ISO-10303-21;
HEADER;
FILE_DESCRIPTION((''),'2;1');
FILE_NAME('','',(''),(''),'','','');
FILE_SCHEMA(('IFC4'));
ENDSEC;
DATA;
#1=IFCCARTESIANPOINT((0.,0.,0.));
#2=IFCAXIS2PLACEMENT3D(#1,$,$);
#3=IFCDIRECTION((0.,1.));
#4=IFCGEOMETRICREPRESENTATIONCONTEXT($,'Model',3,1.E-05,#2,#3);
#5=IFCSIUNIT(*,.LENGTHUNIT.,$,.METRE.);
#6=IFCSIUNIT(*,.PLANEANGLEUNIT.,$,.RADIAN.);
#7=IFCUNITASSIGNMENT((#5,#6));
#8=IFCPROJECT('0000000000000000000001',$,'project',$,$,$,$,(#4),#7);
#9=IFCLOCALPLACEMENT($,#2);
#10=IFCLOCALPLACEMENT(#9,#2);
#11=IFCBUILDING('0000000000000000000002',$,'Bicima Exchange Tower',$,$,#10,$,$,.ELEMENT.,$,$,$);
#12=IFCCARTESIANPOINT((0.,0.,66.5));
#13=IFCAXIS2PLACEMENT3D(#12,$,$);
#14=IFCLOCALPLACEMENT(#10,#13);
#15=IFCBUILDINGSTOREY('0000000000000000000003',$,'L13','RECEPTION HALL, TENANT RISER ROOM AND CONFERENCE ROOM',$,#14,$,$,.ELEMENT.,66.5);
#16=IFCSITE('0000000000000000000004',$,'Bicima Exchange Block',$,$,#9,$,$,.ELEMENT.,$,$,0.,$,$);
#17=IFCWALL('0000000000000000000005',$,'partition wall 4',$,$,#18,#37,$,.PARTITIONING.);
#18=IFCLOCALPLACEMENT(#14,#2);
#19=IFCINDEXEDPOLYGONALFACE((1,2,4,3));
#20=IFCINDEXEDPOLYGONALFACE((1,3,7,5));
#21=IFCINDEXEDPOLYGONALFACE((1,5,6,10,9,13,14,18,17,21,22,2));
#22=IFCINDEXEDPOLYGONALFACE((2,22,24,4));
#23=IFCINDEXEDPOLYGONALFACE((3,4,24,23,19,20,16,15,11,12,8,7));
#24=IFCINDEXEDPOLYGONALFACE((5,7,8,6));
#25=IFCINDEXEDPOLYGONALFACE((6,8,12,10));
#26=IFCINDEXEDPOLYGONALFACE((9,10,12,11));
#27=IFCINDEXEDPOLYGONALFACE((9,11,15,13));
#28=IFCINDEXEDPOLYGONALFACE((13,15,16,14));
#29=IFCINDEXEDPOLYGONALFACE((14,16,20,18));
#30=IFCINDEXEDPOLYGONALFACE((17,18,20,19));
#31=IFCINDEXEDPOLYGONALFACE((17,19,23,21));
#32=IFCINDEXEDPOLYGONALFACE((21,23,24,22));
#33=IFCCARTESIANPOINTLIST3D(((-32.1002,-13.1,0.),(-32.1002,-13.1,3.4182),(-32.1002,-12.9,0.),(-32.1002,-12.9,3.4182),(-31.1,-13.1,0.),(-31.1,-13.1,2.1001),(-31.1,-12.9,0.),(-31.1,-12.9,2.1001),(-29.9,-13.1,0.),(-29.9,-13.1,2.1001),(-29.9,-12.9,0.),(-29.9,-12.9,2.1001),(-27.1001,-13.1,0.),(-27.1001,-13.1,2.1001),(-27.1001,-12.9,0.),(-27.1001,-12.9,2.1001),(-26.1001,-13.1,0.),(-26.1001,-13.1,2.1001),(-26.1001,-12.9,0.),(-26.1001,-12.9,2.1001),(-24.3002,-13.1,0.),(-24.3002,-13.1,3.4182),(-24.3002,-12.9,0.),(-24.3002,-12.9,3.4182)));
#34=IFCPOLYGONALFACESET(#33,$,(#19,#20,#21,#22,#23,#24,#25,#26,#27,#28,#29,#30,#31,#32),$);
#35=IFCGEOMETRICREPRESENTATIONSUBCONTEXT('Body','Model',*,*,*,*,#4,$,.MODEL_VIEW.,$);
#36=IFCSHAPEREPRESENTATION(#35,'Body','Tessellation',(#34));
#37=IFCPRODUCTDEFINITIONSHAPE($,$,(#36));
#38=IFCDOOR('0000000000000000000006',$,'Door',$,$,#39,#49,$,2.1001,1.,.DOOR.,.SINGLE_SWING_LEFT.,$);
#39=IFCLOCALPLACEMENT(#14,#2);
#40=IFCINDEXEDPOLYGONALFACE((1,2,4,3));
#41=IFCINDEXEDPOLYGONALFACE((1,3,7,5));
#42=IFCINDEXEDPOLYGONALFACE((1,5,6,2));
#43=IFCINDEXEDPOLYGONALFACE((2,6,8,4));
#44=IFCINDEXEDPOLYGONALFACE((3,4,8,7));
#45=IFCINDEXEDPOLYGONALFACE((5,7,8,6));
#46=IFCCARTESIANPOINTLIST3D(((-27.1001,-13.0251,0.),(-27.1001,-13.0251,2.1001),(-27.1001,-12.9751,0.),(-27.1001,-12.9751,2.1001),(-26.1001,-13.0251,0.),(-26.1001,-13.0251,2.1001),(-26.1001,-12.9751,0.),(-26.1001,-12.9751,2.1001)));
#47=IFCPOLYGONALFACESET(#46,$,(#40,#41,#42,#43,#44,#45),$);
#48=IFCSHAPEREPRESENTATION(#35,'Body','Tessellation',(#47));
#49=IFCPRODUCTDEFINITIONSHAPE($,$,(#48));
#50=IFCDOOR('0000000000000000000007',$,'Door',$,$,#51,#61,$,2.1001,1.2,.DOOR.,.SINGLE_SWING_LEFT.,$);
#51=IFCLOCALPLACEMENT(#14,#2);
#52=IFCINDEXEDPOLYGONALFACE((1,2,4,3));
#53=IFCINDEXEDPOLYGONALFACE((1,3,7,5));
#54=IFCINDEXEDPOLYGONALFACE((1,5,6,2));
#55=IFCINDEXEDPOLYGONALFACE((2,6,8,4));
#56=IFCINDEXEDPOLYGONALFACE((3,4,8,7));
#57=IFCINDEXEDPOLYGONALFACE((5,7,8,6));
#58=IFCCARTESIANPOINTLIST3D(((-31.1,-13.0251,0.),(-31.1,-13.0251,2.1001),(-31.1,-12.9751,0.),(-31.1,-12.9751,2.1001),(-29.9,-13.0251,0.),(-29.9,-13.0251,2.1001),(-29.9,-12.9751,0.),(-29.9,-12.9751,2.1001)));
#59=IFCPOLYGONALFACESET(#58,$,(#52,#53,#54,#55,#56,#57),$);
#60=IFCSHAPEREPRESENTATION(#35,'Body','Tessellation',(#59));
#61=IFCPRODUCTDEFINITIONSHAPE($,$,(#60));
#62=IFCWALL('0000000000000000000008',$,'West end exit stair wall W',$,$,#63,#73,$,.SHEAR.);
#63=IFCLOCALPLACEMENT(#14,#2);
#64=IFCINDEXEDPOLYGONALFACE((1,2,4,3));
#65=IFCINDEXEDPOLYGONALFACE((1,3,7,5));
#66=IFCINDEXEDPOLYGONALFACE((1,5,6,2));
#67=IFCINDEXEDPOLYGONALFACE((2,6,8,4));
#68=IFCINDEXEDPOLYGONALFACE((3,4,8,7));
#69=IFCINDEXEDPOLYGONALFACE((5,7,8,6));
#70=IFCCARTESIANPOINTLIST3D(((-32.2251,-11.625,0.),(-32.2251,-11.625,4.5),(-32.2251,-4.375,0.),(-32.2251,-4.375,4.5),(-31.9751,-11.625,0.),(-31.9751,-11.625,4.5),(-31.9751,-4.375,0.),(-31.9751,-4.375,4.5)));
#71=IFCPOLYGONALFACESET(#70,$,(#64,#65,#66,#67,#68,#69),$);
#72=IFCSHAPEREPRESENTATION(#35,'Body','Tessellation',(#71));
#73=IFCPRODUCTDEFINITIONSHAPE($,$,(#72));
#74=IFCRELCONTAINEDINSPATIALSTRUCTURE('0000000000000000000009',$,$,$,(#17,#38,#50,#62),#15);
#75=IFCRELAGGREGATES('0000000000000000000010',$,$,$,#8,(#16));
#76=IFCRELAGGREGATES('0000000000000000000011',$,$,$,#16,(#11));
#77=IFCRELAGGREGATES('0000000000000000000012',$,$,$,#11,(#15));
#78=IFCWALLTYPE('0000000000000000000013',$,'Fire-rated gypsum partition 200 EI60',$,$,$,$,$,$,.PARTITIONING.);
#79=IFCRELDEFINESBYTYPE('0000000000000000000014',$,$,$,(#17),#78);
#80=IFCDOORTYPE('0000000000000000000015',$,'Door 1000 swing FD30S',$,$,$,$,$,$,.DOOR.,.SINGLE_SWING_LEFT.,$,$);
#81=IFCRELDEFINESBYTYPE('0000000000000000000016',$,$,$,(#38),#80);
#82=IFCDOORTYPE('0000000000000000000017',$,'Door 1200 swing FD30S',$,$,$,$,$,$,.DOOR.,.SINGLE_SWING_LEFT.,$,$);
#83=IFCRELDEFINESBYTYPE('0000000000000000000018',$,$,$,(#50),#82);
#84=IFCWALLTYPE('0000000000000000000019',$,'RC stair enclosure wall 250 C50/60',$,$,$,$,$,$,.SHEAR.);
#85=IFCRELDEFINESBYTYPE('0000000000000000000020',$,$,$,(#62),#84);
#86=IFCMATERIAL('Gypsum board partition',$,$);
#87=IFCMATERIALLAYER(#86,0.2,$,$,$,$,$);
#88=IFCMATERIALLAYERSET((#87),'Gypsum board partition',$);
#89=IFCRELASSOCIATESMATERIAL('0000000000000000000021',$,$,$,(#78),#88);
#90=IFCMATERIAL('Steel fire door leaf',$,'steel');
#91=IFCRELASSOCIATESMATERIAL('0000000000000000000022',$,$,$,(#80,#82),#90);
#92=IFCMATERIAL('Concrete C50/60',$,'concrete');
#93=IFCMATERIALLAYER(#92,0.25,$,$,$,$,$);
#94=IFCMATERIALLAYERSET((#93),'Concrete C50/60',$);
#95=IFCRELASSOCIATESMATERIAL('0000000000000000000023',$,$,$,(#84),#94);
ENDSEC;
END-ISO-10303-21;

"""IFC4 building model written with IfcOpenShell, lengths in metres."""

from ifc_helpers import new_model, si_unit, direction, frame, frame_2d, origin, place, context, subcontext, project, spatial, rectangle, extrude, material, layer, layer_set, type_object, element, fill, save


model = new_model("IFC4")

# Units and contexts
model_context = context("Model", 3, precision=1e-05, world=origin(), true_north=direction((0.0, 1.0)))
body_context = subcontext(model_context, "Body", "Model", "MODEL_VIEW")
ifc_project = project(units=[si_unit("LENGTHUNIT", "METRE"), si_unit("PLANEANGLEUNIT", "RADIAN")], contexts=[model_context])

# Site, building, storey
site_placement = place(None, origin())
site = spatial("IfcSite", under=ifc_project, at=site_placement, Name="Bicima Exchange Block", CompositionType="ELEMENT", RefElevation=0.0)
building_placement = place(site_placement, origin())
building = spatial("IfcBuilding", under=site, at=building_placement, Name="Bicima Exchange Tower", CompositionType="ELEMENT")
storey_placement = place(building_placement, frame((0.0, 0.0, 66.5)))
storey = spatial("IfcBuildingStorey", under=building, at=storey_placement, Name="L13", Description="RECEPTION HALL, TENANT RISER ROOM AND CONFERENCE ROOM", CompositionType="ELEMENT", Elevation=66.5)

# Wall, openings, doors
ifc_material_1 = material(Name="Gypsum board partition")
ifc_layer_1 = layer(ifc_material_1, 0.2)
ifc_layer_set_1 = layer_set([ifc_layer_1], Name="Gypsum board partition")
wall_type_1 = type_object("IfcWallType", Name="Fire-rated gypsum partition 200 EI60", PredefinedType="PARTITIONING", material=ifc_layer_set_1)
ifc_material_2 = material(Name="Steel fire door leaf", Category="steel")
door_type_1 = type_object("IfcDoorType", Name="Door 1000 swing FD30S", OperationType="SINGLE_SWING_LEFT", PredefinedType="DOOR", material=ifc_material_2)
wall_1_placement = place(storey_placement, frame((-32.1001, -13.0, 0.0), z_axis=(0.0, 0.0, 1.0), x_axis=(1.0, 0.0, 0.0)))
wall_1 = element("IfcWall", 1, at=wall_1_placement, inside=storey, type_object=wall_type_1, Name="partition wall 4", PredefinedType="PARTITIONING", context=body_context, shape_type="SweptSolid", body=[
    extrude(rectangle(XDim=7.8, YDim=0.2, at=frame_2d((3.8999, 0.0))), origin(), (0.0, 0.0, 1.0), 3.4182),
])
opening_1_placement = place(wall_1_placement, frame((1.0, 0.0, 0.0)))
opening_1 = element("IfcOpeningElement", 2, at=opening_1_placement, cuts=wall_1, PredefinedType="OPENING", context=body_context, shape_type="SweptSolid", body=[
    extrude(rectangle(XDim=1.2, YDim=2.1001, at=frame_2d((0.6001, 1.05))), frame((0.0, 0.1118, 0.0), z_axis=(0.0, -1.0, 0.0), x_axis=(1.0, 0.0, 0.0)), (0.0, 0.0, 1.0), 0.2239),
])
opening_2_placement = place(wall_1_placement, frame((5.0, 0.0, 0.0)))
opening_2 = element("IfcOpeningElement", 3, at=opening_2_placement, cuts=wall_1, PredefinedType="OPENING", context=body_context, shape_type="SweptSolid", body=[
    extrude(rectangle(XDim=1.0, YDim=2.1001, at=frame_2d((0.5, 1.05))), frame((0.0, 0.1118, 0.0), z_axis=(0.0, -1.0, 0.0), x_axis=(1.0, 0.0, 0.0)), (0.0, 0.0, 1.0), 0.2239),
])
door_1_placement = place(opening_2_placement, origin())
door_1 = element("IfcDoor", 4, at=door_1_placement, inside=storey, type_object=door_type_1, Name="Door", OperationType="SINGLE_SWING_LEFT", OverallHeight=2.1001, OverallWidth=1.0, PredefinedType="DOOR", context=body_context, shape_type="SweptSolid", body=[
    extrude(rectangle(XDim=1.0, YDim=2.1001, at=frame_2d((0.5, 1.05))), frame((0.0, 0.0249, 0.0), z_axis=(0.0, -1.0, 0.0), x_axis=(1.0, 0.0, 0.0)), (0.0, 0.0, 1.0), 0.05),
])
fill(opening_2, door_1)
door_type_2 = type_object("IfcDoorType", Name="Door 1200 swing FD30S", OperationType="SINGLE_SWING_LEFT", PredefinedType="DOOR", material=ifc_material_2)
door_2_placement = place(opening_1_placement, origin())
door_2 = element("IfcDoor", 5, at=door_2_placement, inside=storey, type_object=door_type_2, Name="Door", OperationType="SINGLE_SWING_LEFT", OverallHeight=2.1001, OverallWidth=1.2, PredefinedType="DOOR", context=body_context, shape_type="SweptSolid", body=[
    extrude(rectangle(XDim=1.2, YDim=2.1001, at=frame_2d((0.6001, 1.05))), frame((0.0, 0.0249, 0.0), z_axis=(0.0, -1.0, 0.0), x_axis=(1.0, 0.0, 0.0)), (0.0, 0.0, 1.0), 0.05),
])
fill(opening_1, door_2)

# Wall
ifc_material_3 = material(Name="Concrete C50/60", Category="concrete")
ifc_layer_2 = layer(ifc_material_3, 0.25)
ifc_layer_set_2 = layer_set([ifc_layer_2], Name="Concrete C50/60")
wall_type_2 = type_object("IfcWallType", Name="RC stair enclosure wall 250 C50/60", PredefinedType="SHEAR", material=ifc_layer_set_2)
wall_2_placement = place(storey_placement, frame((-32.1001, -11.625, 0.0), z_axis=(0.0, 0.0, 1.0), x_axis=(0.0, 1.0, 0.0)))
element("IfcWall", 6, at=wall_2_placement, inside=storey, type_object=wall_type_2, Name="West end exit stair wall W", PredefinedType="SHEAR", context=body_context, shape_type="SweptSolid", body=[
    extrude(rectangle(XDim=7.25, YDim=0.25, at=frame_2d((3.625, 0.0))), origin(), (0.0, 0.0, 1.0), 4.5),
])

save(model, "model.ifc")
